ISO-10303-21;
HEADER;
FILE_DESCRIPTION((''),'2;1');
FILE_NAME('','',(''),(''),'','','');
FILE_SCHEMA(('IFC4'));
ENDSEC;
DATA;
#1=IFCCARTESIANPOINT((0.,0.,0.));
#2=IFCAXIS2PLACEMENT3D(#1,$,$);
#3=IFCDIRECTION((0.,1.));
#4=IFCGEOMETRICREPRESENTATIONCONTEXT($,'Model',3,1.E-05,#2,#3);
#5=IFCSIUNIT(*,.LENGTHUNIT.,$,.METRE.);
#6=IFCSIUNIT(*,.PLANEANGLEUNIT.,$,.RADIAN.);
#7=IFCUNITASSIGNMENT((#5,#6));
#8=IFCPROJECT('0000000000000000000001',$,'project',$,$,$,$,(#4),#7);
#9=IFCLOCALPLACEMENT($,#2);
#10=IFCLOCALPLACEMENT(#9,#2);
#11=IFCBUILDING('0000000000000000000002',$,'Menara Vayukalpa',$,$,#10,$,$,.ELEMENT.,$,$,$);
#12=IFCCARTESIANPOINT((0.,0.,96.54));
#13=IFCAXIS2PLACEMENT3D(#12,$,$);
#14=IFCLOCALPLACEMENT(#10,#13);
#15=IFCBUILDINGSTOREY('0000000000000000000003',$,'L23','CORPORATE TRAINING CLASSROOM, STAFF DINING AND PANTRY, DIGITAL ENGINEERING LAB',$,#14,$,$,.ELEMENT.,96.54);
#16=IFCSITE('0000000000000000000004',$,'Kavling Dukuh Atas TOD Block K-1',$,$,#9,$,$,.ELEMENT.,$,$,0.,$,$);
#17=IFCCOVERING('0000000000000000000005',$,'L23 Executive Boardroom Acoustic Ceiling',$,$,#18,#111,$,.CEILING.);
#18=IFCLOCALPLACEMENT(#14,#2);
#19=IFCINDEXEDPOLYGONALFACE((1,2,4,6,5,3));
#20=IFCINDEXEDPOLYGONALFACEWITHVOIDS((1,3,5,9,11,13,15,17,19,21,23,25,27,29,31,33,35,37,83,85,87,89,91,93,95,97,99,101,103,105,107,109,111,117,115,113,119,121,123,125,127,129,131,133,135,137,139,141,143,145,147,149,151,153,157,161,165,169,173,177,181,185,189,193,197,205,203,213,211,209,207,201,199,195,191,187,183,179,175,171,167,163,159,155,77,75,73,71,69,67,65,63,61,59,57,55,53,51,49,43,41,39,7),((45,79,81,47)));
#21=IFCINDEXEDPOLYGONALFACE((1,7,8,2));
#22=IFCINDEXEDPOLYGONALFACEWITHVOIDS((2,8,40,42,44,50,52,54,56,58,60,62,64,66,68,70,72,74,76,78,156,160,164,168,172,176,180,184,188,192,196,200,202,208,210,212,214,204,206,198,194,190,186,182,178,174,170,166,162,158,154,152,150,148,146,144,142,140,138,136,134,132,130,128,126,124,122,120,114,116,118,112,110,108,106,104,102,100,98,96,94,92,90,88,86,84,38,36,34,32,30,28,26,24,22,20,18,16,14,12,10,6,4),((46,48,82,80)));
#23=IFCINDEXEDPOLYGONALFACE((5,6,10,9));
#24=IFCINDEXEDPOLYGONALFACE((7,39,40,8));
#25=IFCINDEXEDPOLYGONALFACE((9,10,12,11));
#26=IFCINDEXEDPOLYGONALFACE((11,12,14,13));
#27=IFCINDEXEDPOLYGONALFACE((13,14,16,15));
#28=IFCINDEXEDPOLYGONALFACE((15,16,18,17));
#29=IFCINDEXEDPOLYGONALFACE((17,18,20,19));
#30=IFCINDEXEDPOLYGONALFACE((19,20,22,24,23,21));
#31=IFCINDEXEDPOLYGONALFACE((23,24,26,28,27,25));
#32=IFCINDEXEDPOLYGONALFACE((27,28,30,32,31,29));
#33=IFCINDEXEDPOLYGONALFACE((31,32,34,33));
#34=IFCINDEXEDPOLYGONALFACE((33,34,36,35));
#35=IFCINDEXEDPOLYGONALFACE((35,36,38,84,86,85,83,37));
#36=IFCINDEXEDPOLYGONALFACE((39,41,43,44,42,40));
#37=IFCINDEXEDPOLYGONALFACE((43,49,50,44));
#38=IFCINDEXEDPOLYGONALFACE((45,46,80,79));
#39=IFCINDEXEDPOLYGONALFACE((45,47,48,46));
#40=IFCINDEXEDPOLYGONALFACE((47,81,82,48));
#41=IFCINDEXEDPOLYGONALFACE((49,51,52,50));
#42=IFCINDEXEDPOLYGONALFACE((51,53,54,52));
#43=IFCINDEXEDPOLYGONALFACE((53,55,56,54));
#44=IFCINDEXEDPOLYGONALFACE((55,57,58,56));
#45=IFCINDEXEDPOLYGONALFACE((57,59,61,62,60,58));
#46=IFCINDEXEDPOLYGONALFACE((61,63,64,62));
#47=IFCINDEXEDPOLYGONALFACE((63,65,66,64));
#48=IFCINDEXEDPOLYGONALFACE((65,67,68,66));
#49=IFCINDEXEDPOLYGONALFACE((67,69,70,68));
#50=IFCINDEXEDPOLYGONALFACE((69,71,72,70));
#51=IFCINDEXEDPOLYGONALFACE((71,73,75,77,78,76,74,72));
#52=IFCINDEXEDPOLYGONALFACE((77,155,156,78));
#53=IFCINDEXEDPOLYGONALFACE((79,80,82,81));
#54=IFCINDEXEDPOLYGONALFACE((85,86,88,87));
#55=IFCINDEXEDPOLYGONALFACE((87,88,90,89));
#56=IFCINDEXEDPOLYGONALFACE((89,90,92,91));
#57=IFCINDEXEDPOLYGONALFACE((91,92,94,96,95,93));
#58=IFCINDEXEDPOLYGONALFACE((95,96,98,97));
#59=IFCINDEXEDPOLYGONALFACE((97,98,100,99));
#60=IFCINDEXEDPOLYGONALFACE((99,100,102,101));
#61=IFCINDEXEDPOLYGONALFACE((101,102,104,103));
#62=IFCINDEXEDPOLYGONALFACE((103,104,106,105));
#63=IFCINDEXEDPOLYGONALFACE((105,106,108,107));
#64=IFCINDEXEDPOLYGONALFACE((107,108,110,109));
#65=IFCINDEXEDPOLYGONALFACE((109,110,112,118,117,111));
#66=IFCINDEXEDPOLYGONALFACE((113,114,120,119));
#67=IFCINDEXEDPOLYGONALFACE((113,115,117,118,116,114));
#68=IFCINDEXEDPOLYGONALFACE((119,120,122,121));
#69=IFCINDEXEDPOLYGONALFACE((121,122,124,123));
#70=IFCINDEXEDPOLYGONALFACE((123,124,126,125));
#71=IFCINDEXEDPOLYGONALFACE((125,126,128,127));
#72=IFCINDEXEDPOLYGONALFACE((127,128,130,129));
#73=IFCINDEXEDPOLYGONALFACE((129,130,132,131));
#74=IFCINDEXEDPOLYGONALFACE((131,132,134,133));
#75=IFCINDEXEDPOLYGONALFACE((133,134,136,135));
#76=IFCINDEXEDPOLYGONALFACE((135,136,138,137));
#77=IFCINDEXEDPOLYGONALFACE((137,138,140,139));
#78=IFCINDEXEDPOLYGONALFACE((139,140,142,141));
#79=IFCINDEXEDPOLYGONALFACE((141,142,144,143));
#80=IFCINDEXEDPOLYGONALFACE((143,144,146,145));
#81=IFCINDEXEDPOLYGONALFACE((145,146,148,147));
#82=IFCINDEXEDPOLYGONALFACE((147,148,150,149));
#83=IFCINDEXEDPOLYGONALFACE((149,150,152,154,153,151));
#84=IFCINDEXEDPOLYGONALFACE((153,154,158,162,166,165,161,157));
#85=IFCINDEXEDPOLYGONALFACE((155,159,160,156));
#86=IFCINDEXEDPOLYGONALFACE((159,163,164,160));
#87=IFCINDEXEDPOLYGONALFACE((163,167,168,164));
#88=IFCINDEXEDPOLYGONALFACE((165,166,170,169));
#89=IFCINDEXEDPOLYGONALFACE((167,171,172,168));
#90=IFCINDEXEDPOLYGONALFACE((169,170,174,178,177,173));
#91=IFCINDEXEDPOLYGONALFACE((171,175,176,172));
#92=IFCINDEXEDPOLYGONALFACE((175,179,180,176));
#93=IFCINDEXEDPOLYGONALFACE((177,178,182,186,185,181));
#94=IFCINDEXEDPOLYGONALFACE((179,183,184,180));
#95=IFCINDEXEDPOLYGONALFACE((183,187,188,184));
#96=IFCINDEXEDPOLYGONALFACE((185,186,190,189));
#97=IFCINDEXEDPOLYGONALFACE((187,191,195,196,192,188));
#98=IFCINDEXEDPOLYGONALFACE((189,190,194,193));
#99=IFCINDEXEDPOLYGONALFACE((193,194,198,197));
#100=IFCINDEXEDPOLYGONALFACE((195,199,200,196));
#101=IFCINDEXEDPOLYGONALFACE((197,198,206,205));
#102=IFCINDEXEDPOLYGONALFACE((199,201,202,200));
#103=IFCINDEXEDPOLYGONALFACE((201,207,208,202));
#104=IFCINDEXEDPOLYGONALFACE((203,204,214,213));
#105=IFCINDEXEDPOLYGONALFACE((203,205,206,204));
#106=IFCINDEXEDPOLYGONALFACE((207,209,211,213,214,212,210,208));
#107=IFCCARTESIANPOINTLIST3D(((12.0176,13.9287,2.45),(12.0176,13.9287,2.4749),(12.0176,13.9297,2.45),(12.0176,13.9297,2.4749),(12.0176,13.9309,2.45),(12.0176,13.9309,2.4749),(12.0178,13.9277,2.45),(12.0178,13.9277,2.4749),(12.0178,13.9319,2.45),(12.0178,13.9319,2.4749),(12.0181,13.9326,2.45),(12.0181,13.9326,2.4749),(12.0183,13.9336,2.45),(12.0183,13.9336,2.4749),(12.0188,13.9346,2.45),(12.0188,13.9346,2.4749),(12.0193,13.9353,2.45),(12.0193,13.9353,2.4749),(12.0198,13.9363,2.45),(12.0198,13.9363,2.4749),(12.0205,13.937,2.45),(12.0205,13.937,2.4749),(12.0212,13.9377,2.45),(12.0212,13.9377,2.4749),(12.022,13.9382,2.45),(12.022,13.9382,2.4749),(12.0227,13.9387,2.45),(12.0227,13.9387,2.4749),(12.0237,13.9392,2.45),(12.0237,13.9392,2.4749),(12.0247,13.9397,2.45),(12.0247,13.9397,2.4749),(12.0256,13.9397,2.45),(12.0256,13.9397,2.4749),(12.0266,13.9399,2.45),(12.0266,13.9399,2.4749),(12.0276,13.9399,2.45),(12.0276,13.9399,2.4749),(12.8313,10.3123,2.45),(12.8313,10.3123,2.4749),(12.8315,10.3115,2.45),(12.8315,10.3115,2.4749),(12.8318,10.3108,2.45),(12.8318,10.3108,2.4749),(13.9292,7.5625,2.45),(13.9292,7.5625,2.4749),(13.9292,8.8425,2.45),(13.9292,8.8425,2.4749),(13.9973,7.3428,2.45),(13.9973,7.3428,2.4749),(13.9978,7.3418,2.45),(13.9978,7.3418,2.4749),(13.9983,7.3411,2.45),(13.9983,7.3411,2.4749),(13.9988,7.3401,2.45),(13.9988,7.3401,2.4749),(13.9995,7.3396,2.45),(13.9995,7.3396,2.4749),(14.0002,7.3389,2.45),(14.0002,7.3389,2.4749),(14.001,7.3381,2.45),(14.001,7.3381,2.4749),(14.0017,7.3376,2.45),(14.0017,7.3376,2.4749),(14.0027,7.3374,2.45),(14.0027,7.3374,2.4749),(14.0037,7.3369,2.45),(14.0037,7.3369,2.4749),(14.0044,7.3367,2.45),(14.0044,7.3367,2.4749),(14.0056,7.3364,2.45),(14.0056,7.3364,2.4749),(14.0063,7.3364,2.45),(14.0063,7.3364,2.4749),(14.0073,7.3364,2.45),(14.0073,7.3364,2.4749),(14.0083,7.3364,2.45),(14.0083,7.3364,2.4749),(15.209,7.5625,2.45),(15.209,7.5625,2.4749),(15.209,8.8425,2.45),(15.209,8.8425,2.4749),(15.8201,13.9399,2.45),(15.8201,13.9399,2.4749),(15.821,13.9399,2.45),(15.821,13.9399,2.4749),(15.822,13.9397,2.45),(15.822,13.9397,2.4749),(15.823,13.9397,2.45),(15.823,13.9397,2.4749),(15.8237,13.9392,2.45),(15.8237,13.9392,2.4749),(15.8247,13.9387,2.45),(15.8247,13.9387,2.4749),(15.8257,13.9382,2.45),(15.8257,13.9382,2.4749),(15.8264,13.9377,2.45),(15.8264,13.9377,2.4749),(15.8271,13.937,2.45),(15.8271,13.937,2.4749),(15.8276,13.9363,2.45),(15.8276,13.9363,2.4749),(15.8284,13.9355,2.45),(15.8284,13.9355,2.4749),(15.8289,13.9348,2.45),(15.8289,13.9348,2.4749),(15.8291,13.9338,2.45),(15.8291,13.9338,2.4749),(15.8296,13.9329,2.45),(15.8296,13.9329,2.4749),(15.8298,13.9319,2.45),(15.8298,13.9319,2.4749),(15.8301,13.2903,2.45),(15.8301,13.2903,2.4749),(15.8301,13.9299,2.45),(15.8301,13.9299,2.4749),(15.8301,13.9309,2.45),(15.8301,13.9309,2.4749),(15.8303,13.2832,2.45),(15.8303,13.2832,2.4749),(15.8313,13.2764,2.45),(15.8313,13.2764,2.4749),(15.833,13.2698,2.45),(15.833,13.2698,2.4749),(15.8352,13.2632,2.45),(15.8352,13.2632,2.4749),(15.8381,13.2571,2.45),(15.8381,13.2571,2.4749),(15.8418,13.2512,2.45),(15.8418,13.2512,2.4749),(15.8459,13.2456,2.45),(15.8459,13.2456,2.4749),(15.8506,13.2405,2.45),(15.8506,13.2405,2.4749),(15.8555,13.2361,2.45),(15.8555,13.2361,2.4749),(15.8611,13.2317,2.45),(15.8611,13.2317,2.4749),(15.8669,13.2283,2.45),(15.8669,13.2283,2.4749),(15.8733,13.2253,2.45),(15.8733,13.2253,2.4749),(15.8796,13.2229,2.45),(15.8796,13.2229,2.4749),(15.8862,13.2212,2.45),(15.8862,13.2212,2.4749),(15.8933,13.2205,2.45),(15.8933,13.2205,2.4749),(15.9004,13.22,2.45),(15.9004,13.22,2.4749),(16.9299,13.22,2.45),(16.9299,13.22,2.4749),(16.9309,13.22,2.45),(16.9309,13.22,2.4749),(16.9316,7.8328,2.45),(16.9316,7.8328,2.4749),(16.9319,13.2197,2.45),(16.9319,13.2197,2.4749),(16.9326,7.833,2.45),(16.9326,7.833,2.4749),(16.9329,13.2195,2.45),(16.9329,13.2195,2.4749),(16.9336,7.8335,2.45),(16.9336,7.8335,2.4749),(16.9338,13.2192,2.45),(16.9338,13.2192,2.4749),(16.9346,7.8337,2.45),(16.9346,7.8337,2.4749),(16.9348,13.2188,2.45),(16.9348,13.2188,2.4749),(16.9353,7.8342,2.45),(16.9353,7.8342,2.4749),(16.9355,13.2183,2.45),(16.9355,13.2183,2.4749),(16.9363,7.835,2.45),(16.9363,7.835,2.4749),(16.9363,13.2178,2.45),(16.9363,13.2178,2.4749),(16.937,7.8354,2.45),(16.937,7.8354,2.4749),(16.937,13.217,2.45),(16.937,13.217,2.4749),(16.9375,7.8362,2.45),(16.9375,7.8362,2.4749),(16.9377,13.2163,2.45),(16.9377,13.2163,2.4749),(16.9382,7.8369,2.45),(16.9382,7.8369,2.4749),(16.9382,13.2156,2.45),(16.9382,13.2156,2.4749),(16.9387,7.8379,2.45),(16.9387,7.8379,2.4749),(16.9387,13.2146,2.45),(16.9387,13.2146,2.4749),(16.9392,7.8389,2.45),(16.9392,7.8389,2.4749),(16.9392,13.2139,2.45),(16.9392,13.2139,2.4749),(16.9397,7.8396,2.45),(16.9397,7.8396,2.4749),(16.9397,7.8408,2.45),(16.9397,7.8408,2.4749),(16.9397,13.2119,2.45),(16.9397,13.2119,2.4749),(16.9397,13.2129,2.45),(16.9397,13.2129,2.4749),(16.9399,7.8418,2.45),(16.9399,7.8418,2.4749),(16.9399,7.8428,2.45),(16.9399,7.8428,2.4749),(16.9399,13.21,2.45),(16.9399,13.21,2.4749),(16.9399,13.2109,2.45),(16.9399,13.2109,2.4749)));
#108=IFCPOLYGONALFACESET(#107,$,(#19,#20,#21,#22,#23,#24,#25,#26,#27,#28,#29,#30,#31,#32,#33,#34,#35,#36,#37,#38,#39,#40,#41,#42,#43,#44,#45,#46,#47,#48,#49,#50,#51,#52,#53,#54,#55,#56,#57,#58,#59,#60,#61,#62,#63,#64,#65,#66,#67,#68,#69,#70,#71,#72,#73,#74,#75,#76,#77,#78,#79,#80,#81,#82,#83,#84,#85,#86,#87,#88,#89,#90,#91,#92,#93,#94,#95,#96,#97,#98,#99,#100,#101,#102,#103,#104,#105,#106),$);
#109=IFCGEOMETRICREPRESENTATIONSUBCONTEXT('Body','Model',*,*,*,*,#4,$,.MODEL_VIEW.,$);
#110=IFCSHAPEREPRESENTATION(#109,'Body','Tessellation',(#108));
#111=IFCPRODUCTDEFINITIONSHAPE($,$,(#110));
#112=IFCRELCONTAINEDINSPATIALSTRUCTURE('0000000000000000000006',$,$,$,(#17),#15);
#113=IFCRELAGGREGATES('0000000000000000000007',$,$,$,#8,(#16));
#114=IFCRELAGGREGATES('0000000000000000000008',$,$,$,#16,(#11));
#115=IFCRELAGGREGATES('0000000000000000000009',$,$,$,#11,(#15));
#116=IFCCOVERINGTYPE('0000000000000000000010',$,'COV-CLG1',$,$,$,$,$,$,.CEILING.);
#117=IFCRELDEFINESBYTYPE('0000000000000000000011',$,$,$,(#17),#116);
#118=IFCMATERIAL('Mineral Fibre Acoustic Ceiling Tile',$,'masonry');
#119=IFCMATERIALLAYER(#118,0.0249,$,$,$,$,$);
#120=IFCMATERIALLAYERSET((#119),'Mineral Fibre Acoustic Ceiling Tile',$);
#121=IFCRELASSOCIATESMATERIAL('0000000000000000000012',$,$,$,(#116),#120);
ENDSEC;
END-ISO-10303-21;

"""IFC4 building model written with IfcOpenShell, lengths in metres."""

from ifc_helpers import new_model, si_unit, direction, frame, origin, place, context, subcontext, project, spatial, polyline, outline, extrude, material, layer, layer_set, type_object, element, save


model = new_model("IFC4")

# Units and contexts
model_context = context("Model", 3, precision=1e-05, world=origin(), true_north=direction((0.0, 1.0)))
body_context = subcontext(model_context, "Body", "Model", "MODEL_VIEW")
ifc_project = project(units=[si_unit("LENGTHUNIT", "METRE"), si_unit("PLANEANGLEUNIT", "RADIAN")], contexts=[model_context])

# Site, building, storey
site_placement = place(None, origin())
site = spatial("IfcSite", under=ifc_project, at=site_placement, Name="Kavling Dukuh Atas TOD Block K-1", CompositionType="ELEMENT", RefElevation=0.0)
building_placement = place(site_placement, origin())
building = spatial("IfcBuilding", under=site, at=building_placement, Name="Menara Vayukalpa", CompositionType="ELEMENT")
storey_placement = place(building_placement, frame((0.0, 0.0, 96.54)))
storey = spatial("IfcBuildingStorey", under=building, at=storey_placement, Name="L23", Description="CORPORATE TRAINING CLASSROOM, STAFF DINING AND PANTRY, DIGITAL ENGINEERING LAB", CompositionType="ELEMENT", Elevation=96.54)

# Covering
ifc_material_1 = material(Name="Mineral Fibre Acoustic Ceiling Tile", Category="masonry")
ifc_layer_1 = layer(ifc_material_1, 0.0249)
ifc_layer_set_1 = layer_set([ifc_layer_1], Name="Mineral Fibre Acoustic Ceiling Tile")
covering_type_1 = type_object("IfcCoveringType", Name="COV-CLG1", PredefinedType="CEILING", material=ifc_layer_set_1)
covering_1_placement = place(storey_placement, frame((0.0, 0.0, 2.45)))
element("IfcCovering", 1, at=covering_1_placement, inside=storey, type_object=covering_type_1, Name="L23 Executive Boardroom Acoustic Ceiling", PredefinedType="CEILING", context=body_context, shape_type="SweptSolid", body=[
    extrude(outline(polyline([(14.0063, 7.3364), (14.0056, 7.3364), (14.0044, 7.3367), (14.0037, 7.3369), (14.0027, 7.3374), (14.0017, 7.3376), (14.001, 7.3381), (14.0002, 7.3389), (13.9995, 7.3396), (13.9988, 7.3401), (13.9983, 7.3411), (13.9978, 7.3418), (13.9973, 7.3428), (12.8318, 10.3108), (12.8315, 10.3115), (12.8313, 10.3123), (12.0178, 13.9277), (12.0176, 13.9287), (12.0176, 13.9297), (12.0176, 13.9309), (12.0178, 13.9319), (12.0181, 13.9326), (12.0183, 13.9336), (12.0188, 13.9346), (12.0193, 13.9353), (12.0198, 13.9363), (12.0205, 13.937), (12.0212, 13.9377), (12.022, 13.9382), (12.0227, 13.9387), (12.0237, 13.9392), (12.0247, 13.9397), (12.0256, 13.9397), (12.0266, 13.9399), (12.0276, 13.9399), (15.8201, 13.9399), (15.821, 13.9399), (15.822, 13.9397), (15.823, 13.9397), (15.8237, 13.9392), (15.8247, 13.9387), (15.8257, 13.9382), (15.8264, 13.9377), (15.8271, 13.937), (15.8276, 13.9363), (15.8284, 13.9355), (15.8289, 13.9348), (15.8291, 13.9338), (15.8296, 13.9329), (15.8298, 13.9319), (15.8301, 13.9309), (15.8301, 13.9299), (15.8301, 13.2903), (15.8303, 13.2832), (15.8313, 13.2764), (15.833, 13.2698), (15.8352, 13.2632), (15.8381, 13.2571), (15.8418, 13.2512), (15.8459, 13.2456), (15.8506, 13.2405), (15.8555, 13.2361), (15.8611, 13.2317), (15.8669, 13.2283), (15.8733, 13.2253), (15.8796, 13.2229), (15.8862, 13.2212), (15.8933, 13.2205), (15.9004, 13.22), (16.9299, 13.22), (16.9309, 13.22), (16.9319, 13.2197), (16.9329, 13.2195), (16.9338, 13.2192), (16.9348, 13.2188), (16.9355, 13.2183), (16.9363, 13.2178), (16.937, 13.217), (16.9377, 13.2163), (16.9382, 13.2156), (16.9387, 13.2146), (16.9392, 13.2139), (16.9397, 13.2129), (16.9397, 13.2119), (16.9399, 13.2109), (16.9399, 13.21), (16.9399, 7.8428), (16.9399, 7.8418), (16.9397, 7.8408), (16.9397, 7.8396), (16.9392, 7.8389), (16.9387, 7.8379), (16.9382, 7.8369), (16.9375, 7.8362), (16.937, 7.8354), (16.9363, 7.835), (16.9353, 7.8342), (16.9346, 7.8337), (16.9336, 7.8335), (16.9326, 7.833), (16.9316, 7.8328), (14.0083, 7.3364), (14.0073, 7.3364), (14.0063, 7.3364)]), holes=[polyline([(15.209, 8.8425), (13.9292, 8.8425), (13.9292, 7.5625), (15.209, 7.5625), (15.209, 8.8425)])]), origin(), (0.0, 0.0, 1.0), 0.0249),
])

save(model, "model.ifc")
